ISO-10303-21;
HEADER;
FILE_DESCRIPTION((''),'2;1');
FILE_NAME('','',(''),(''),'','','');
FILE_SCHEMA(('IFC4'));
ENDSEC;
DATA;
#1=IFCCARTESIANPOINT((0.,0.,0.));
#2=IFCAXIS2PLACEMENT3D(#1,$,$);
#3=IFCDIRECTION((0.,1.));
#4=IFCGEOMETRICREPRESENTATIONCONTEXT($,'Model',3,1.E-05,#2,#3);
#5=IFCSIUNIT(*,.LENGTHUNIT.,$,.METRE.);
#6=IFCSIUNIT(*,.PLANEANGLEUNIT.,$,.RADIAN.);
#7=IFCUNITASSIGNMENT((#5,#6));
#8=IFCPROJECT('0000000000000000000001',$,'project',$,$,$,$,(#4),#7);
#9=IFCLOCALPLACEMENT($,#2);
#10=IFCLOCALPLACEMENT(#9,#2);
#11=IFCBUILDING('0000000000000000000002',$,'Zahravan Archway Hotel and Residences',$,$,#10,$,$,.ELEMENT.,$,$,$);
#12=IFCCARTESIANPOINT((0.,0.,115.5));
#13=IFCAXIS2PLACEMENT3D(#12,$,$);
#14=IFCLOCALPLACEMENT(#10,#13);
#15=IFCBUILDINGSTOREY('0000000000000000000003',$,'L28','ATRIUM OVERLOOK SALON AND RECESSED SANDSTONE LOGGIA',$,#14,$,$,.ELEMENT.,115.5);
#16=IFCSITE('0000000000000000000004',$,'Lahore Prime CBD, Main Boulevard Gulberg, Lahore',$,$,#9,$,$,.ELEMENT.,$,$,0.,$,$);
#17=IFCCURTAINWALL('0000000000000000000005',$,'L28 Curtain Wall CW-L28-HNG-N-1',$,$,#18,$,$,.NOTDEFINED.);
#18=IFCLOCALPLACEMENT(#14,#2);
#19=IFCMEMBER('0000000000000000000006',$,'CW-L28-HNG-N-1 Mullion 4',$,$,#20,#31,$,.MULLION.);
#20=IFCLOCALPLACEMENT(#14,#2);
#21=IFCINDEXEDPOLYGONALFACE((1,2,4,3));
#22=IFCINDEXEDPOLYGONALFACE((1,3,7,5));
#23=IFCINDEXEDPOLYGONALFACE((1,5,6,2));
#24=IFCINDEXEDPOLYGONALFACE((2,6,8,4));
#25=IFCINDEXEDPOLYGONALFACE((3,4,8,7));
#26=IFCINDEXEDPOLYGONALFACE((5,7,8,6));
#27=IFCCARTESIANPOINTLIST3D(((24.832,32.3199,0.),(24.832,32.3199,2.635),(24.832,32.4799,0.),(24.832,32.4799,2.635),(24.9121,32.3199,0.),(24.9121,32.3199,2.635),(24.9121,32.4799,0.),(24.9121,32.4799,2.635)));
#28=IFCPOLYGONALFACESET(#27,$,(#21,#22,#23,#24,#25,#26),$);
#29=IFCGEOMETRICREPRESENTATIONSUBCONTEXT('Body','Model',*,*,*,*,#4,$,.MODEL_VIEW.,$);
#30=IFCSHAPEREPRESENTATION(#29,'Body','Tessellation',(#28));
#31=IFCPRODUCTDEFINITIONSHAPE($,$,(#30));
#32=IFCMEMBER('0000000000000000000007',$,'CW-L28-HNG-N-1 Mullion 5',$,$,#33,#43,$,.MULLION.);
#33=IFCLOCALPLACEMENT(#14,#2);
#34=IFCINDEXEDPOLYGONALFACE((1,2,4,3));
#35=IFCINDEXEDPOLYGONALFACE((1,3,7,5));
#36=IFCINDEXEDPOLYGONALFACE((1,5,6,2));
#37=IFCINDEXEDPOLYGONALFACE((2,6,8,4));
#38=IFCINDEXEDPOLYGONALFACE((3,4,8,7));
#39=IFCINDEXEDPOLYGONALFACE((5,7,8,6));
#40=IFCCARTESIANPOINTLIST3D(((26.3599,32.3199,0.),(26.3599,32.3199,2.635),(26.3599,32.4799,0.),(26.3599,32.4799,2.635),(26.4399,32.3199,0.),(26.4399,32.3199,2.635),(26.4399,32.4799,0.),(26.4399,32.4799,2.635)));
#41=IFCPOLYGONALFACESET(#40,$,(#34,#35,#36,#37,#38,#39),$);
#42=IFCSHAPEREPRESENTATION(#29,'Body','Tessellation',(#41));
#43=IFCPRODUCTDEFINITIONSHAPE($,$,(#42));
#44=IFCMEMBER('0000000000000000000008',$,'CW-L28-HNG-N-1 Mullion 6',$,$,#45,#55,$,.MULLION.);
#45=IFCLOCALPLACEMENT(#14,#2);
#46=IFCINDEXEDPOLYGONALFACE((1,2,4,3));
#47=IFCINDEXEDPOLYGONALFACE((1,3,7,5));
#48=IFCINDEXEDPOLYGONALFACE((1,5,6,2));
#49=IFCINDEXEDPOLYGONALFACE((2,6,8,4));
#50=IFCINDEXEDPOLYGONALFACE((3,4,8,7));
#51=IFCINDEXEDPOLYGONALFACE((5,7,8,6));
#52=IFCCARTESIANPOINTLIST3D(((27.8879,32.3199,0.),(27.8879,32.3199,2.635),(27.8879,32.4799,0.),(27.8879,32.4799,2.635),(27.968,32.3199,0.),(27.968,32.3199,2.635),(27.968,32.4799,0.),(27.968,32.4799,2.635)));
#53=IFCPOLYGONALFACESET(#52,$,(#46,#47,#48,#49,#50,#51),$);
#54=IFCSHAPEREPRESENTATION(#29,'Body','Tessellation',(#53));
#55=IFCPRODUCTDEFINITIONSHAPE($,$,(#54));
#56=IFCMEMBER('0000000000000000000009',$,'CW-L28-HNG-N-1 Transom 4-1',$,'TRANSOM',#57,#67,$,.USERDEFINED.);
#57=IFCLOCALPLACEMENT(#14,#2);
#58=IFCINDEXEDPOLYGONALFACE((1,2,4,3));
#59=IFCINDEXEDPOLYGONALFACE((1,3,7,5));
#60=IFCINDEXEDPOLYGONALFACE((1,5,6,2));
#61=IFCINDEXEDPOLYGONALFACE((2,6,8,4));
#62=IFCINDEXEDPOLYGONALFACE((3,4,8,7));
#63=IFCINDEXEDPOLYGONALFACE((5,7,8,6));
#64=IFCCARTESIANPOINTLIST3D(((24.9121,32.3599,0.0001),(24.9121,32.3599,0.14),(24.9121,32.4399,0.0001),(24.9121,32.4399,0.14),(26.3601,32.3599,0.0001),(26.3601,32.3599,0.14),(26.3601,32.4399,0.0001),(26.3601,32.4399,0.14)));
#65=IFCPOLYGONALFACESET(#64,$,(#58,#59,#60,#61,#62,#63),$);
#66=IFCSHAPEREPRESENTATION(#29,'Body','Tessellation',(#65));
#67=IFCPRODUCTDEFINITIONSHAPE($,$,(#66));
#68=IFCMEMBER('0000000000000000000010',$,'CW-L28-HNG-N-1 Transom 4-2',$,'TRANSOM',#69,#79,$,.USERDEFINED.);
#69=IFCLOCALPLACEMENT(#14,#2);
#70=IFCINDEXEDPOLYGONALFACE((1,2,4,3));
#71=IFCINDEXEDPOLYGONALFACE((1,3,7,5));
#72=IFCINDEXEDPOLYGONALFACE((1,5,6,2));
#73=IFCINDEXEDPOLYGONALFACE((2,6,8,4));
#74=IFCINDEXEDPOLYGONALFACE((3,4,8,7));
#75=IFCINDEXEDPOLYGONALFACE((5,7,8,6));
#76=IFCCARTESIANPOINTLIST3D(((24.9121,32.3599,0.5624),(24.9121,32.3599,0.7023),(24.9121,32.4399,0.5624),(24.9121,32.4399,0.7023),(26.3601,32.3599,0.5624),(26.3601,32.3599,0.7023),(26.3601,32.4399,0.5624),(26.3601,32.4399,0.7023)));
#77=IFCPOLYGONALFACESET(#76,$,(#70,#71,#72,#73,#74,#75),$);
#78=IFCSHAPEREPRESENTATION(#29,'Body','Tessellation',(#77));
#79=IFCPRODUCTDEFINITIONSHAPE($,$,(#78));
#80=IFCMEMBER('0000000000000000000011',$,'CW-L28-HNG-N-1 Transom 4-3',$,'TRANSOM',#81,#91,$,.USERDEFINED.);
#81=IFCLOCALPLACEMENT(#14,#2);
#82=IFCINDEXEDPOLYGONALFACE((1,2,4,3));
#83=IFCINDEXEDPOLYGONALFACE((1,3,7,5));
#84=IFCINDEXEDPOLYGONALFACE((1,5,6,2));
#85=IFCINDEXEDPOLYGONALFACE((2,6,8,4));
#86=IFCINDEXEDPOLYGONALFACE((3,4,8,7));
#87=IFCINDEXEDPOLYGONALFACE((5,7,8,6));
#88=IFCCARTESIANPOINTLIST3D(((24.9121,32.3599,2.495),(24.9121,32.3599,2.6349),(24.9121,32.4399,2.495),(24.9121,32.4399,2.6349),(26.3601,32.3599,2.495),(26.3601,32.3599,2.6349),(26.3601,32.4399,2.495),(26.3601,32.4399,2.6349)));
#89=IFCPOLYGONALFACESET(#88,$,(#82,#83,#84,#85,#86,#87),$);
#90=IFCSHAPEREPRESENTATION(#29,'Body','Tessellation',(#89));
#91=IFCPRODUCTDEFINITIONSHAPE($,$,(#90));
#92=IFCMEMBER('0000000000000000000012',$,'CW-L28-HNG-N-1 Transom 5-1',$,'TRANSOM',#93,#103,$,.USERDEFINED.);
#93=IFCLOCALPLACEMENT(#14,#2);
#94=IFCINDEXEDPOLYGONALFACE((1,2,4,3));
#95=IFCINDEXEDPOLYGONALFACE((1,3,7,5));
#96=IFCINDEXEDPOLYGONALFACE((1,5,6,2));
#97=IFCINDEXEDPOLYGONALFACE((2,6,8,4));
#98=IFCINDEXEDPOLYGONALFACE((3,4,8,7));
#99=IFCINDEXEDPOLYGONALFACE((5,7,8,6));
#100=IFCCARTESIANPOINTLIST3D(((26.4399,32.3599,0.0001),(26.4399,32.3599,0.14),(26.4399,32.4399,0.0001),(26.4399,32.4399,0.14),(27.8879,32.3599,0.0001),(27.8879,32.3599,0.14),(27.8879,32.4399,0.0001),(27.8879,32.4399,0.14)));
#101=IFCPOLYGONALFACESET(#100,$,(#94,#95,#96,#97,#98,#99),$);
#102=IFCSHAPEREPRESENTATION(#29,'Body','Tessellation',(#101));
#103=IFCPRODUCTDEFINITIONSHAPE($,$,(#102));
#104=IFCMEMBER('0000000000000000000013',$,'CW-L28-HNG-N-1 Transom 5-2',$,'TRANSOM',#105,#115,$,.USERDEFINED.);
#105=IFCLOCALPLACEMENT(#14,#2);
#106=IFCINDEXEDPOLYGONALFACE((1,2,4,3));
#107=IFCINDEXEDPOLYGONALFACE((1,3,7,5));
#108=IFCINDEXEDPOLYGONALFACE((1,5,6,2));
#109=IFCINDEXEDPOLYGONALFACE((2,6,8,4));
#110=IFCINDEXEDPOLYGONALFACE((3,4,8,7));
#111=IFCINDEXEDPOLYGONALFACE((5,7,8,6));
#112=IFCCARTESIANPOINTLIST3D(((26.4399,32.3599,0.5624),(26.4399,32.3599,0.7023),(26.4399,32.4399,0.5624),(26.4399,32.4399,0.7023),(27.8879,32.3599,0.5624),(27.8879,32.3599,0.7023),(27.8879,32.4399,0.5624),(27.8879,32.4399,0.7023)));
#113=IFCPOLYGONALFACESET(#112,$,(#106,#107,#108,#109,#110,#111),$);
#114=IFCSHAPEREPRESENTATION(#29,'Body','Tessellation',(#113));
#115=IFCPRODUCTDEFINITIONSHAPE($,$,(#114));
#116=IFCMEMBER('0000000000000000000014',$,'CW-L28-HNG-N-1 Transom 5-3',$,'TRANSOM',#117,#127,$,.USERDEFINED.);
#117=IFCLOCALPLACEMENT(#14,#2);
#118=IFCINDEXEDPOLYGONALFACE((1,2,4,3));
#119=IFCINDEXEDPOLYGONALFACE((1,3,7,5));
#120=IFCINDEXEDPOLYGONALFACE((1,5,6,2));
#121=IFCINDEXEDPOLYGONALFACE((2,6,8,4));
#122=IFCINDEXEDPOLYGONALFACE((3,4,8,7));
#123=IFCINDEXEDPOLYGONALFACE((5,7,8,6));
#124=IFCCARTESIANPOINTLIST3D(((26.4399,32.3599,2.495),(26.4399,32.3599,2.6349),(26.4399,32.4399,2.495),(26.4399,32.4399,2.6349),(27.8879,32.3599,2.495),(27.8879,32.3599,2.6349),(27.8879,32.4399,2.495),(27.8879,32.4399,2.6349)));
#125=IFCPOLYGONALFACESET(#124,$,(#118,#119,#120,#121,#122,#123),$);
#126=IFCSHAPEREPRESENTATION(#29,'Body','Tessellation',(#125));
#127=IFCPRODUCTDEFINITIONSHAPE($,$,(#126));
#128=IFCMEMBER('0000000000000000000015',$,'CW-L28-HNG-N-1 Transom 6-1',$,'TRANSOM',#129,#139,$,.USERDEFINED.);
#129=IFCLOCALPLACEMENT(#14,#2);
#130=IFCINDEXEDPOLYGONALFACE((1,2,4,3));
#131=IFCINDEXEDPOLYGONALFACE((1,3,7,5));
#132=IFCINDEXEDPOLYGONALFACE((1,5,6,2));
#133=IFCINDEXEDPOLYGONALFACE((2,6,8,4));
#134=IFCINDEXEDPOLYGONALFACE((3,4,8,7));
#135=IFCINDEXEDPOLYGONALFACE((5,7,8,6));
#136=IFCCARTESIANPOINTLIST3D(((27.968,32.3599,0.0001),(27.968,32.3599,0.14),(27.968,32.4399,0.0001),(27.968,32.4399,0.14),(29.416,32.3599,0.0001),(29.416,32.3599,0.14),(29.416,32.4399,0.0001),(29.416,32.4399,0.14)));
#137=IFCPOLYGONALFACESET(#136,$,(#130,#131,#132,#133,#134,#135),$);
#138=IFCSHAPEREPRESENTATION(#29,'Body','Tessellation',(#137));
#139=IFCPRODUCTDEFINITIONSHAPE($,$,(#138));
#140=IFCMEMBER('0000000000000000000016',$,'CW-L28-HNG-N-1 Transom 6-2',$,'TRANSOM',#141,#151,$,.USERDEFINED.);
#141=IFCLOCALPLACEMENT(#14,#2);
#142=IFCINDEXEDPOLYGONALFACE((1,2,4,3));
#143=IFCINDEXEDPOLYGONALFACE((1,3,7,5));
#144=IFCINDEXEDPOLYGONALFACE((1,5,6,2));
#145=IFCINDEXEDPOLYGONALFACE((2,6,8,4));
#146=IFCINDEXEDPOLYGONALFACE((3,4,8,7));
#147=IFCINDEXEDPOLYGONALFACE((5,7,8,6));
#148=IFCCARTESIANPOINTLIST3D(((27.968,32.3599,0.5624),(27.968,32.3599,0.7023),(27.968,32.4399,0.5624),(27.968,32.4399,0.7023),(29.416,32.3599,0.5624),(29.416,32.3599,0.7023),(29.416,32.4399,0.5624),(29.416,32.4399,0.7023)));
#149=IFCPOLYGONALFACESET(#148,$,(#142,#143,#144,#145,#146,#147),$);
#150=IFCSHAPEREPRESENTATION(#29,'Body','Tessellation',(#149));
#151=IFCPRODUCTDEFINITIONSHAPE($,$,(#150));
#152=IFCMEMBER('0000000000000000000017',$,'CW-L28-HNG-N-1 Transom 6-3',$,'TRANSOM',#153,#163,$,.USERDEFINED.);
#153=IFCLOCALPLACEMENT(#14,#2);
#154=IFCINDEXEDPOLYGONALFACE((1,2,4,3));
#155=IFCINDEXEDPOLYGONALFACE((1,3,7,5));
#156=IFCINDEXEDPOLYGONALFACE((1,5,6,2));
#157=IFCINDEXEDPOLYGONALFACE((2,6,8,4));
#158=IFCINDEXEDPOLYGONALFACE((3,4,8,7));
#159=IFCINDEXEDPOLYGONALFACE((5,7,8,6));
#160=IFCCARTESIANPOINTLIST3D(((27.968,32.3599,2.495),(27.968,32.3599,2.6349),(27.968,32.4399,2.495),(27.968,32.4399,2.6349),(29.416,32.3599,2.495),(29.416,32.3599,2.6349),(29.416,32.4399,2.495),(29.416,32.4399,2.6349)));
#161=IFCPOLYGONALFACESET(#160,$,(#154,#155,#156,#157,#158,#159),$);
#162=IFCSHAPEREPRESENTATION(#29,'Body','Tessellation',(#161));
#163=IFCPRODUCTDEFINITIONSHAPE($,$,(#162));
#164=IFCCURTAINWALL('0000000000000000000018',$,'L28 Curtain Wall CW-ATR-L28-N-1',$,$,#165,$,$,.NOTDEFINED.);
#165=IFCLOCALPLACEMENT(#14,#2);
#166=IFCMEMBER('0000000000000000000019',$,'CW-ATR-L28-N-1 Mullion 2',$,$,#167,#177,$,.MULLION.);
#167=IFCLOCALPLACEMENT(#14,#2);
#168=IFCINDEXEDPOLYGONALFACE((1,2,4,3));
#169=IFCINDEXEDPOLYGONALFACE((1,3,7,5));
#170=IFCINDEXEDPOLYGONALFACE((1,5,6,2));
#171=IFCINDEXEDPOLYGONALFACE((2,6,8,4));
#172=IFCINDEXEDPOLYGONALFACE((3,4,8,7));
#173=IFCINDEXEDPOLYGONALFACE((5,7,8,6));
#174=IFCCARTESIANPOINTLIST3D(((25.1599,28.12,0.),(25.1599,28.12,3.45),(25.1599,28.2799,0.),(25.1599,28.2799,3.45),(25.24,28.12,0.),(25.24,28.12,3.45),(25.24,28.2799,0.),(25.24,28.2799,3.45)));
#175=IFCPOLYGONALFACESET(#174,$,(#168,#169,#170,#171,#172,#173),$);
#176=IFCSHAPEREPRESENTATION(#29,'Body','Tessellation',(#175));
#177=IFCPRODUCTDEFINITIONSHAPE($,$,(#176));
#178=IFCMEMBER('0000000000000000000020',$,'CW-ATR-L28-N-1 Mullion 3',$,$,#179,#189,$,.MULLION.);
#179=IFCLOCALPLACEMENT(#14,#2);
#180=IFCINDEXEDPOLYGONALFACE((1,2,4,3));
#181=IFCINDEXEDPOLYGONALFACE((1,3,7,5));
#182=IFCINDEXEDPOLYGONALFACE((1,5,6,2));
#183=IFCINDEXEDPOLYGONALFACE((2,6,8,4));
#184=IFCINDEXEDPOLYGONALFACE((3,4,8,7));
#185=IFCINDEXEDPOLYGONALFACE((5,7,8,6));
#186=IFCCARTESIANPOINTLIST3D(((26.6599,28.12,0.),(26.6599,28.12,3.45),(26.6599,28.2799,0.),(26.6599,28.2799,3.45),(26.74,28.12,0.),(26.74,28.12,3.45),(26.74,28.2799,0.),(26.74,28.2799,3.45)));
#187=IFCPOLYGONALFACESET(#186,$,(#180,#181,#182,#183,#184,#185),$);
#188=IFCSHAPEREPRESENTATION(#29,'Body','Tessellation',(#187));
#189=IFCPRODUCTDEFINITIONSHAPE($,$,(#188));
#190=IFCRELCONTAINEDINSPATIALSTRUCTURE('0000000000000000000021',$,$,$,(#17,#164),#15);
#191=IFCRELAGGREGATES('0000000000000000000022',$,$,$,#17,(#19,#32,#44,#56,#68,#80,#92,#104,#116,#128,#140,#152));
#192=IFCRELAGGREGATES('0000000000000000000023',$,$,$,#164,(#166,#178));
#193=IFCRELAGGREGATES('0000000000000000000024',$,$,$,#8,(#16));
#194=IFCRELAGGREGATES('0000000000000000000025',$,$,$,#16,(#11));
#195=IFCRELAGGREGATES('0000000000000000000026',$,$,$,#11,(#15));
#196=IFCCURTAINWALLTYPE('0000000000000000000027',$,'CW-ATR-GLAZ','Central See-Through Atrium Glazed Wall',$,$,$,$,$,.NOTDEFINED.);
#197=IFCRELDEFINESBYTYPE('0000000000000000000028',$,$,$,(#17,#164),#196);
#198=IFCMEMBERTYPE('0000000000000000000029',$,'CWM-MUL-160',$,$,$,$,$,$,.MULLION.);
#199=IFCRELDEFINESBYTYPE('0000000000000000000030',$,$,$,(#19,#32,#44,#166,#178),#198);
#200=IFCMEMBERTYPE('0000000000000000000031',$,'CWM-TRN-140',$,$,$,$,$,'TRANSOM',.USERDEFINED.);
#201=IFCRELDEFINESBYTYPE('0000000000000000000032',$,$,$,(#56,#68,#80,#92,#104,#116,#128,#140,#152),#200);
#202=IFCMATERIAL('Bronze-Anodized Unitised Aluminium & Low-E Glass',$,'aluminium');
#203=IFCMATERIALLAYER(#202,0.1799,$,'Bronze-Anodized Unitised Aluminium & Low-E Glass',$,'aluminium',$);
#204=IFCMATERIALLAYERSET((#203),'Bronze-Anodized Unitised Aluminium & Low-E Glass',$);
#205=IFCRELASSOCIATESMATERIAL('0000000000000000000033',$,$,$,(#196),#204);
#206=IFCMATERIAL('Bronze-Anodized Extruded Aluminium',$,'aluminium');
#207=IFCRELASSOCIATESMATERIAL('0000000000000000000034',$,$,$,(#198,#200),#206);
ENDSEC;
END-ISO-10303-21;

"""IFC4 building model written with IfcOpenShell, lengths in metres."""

from ifc_helpers import new_model, si_unit, direction, frame, origin, origin_2d, place, context, subcontext, project, spatial, rectangle, extrude, source, transform, mapped, material, layer, layer_set, material_profile, profile_set, type_object, element, aggregate, save


model = new_model("IFC4")

# Units and contexts
model_context = context("Model", 3, precision=1e-05, world=origin(), true_north=direction((0.0, 1.0)))
body_context = subcontext(model_context, "Body", "Model", "MODEL_VIEW")
ifc_project = project(units=[si_unit("LENGTHUNIT", "METRE"), si_unit("PLANEANGLEUNIT", "RADIAN")], contexts=[model_context])

# Site, building, storey
site_placement = place(None, origin())
site = spatial("IfcSite", under=ifc_project, at=site_placement, Name="Lahore Prime CBD, Main Boulevard Gulberg, Lahore", CompositionType="ELEMENT", RefElevation=0.0)
building_placement = place(site_placement, origin())
building = spatial("IfcBuilding", under=site, at=building_placement, Name="Zahravan Archway Hotel and Residences", CompositionType="ELEMENT")
storey_placement = place(building_placement, frame((0.0, 0.0, 115.5)))
storey = spatial("IfcBuildingStorey", under=building, at=storey_placement, Name="L28", Description="ATRIUM OVERLOOK SALON AND RECESSED SANDSTONE LOGGIA", CompositionType="ELEMENT", Elevation=115.5)

# Curtain walls, members
ifc_material_1 = material(Name="Bronze-Anodized Unitised Aluminium & Low-E Glass", Category="aluminium")
ifc_layer_1 = layer(ifc_material_1, 0.1799, Name="Bronze-Anodized Unitised Aluminium & Low-E Glass", Category="aluminium")
ifc_layer_set_1 = layer_set([ifc_layer_1], Name="Bronze-Anodized Unitised Aluminium & Low-E Glass")
curtain_wall_type = type_object("IfcCurtainWallType", Name="CW-ATR-GLAZ", Description="Central See-Through Atrium Glazed Wall", PredefinedType="NOTDEFINED", material=ifc_layer_set_1)
curtain_wall_1_placement = place(storey_placement, origin())
curtain_wall_1 = element("IfcCurtainWall", 1, at=curtain_wall_1_placement, inside=storey, type_object=curtain_wall_type, Name="L28 Curtain Wall CW-L28-HNG-N-1", PredefinedType="NOTDEFINED")
ifc_material_2 = material(Name="Bronze-Anodized Extruded Aluminium", Category="aluminium")
ifc_material_profile_1 = material_profile(ifc_material_2, rectangle(XDim=0.0801, YDim=0.1599, at=origin_2d()), Name="MUL 80x160", Category="aluminium")
ifc_profile_set_1 = profile_set([ifc_material_profile_1], Name="Bronze-Anodized Extruded Aluminium")
member_type_1 = type_object("IfcMemberType", Name="CWM-MUL-160", PredefinedType="MULLION", material=ifc_profile_set_1)
shared_shape_1 = source(origin(), body_context, "Body", "SweptSolid", [
    extrude(rectangle(XDim=0.0801, YDim=0.1599, at=origin_2d()), origin(), (0.0, 0.0, 1.0), 2.635),
])
member_1_placement = place(storey_placement, frame((24.8721, 32.3999, 0.0), z_axis=(0.0, 0.0, 1.0), x_axis=(1.0, 0.0, 0.0)))
member_1 = element("IfcMember", 2, at=member_1_placement, type_object=member_type_1, Name="CW-L28-HNG-N-1 Mullion 4", PredefinedType="MULLION", context=body_context, shape_type="MappedRepresentation", body=[
    mapped(shared_shape_1, transform((0.0, 0.0, 0.0), scale=1.0)),
])
member_2_placement = place(storey_placement, frame((26.3999, 32.3999, 0.0), z_axis=(0.0, 0.0, 1.0), x_axis=(1.0, 0.0, 0.0)))
member_2 = element("IfcMember", 3, at=member_2_placement, type_object=member_type_1, Name="CW-L28-HNG-N-1 Mullion 5", PredefinedType="MULLION", context=body_context, shape_type="MappedRepresentation", body=[
    mapped(shared_shape_1, transform((0.0, 0.0, 0.0), scale=1.0)),
])
member_3_placement = place(storey_placement, frame((27.928, 32.3999, 0.0), z_axis=(0.0, 0.0, 1.0), x_axis=(1.0, 0.0, 0.0)))
member_3 = element("IfcMember", 4, at=member_3_placement, type_object=member_type_1, Name="CW-L28-HNG-N-1 Mullion 6", PredefinedType="MULLION", context=body_context, shape_type="MappedRepresentation", body=[
    mapped(shared_shape_1, transform((0.0, 0.0, 0.0), scale=1.0)),
])
ifc_material_profile_2 = material_profile(ifc_material_2, rectangle(XDim=0.0801, YDim=0.1399, at=origin_2d()), Name="TRN 80x140", Category="aluminium")
ifc_profile_set_2 = profile_set([ifc_material_profile_2], Name="Bronze-Anodized Extruded Aluminium")
member_type_2 = type_object("IfcMemberType", Name="CWM-TRN-140", ElementType="TRANSOM", PredefinedType="USERDEFINED", material=ifc_profile_set_2)
shared_shape_2 = source(origin(), body_context, "Body", "SweptSolid", [
    extrude(rectangle(XDim=0.0801, YDim=0.1399, at=origin_2d()), origin(), (0.0, 0.0, 1.0), 1.448),
])
member_4_placement = place(storey_placement, frame((24.9121, 32.3999, 0.0701), z_axis=(1.0, 0.0, 0.0), x_axis=(0.0, 1.0, 0.0)))
member_4 = element("IfcMember", 5, at=member_4_placement, type_object=member_type_2, Name="CW-L28-HNG-N-1 Transom 4-1", ObjectType="TRANSOM", PredefinedType="USERDEFINED", context=body_context, shape_type="MappedRepresentation", body=[
    mapped(shared_shape_2, transform((0.0, 0.0, 0.0), scale=1.0)),
])
member_5_placement = place(storey_placement, frame((24.9121, 32.3999, 0.6323), z_axis=(1.0, 0.0, 0.0), x_axis=(0.0, 1.0, 0.0)))
member_5 = element("IfcMember", 6, at=member_5_placement, type_object=member_type_2, Name="CW-L28-HNG-N-1 Transom 4-2", ObjectType="TRANSOM", PredefinedType="USERDEFINED", context=body_context, shape_type="MappedRepresentation", body=[
    mapped(shared_shape_2, transform((0.0, 0.0, 0.0), scale=1.0)),
])
member_6_placement = place(storey_placement, frame((24.9121, 32.3999, 2.5649), z_axis=(1.0, 0.0, 0.0), x_axis=(0.0, 1.0, 0.0)))
member_6 = element("IfcMember", 7, at=member_6_placement, type_object=member_type_2, Name="CW-L28-HNG-N-1 Transom 4-3", ObjectType="TRANSOM", PredefinedType="USERDEFINED", context=body_context, shape_type="MappedRepresentation", body=[
    mapped(shared_shape_2, transform((0.0, 0.0, 0.0), scale=1.0)),
])
member_7_placement = place(storey_placement, frame((26.4399, 32.3999, 0.0701), z_axis=(1.0, 0.0, 0.0), x_axis=(0.0, 1.0, 0.0)))
member_7 = element("IfcMember", 8, at=member_7_placement, type_object=member_type_2, Name="CW-L28-HNG-N-1 Transom 5-1", ObjectType="TRANSOM", PredefinedType="USERDEFINED", context=body_context, shape_type="MappedRepresentation", body=[
    mapped(shared_shape_2, transform((0.0, 0.0, 0.0), scale=1.0)),
])
member_8_placement = place(storey_placement, frame((26.4399, 32.3999, 0.6323), z_axis=(1.0, 0.0, 0.0), x_axis=(0.0, 1.0, 0.0)))
member_8 = element("IfcMember", 9, at=member_8_placement, type_object=member_type_2, Name="CW-L28-HNG-N-1 Transom 5-2", ObjectType="TRANSOM", PredefinedType="USERDEFINED", context=body_context, shape_type="MappedRepresentation", body=[
    mapped(shared_shape_2, transform((0.0, 0.0, 0.0), scale=1.0)),
])
member_9_placement = place(storey_placement, frame((26.4399, 32.3999, 2.5649), z_axis=(1.0, 0.0, 0.0), x_axis=(0.0, 1.0, 0.0)))
member_9 = element("IfcMember", 10, at=member_9_placement, type_object=member_type_2, Name="CW-L28-HNG-N-1 Transom 5-3", ObjectType="TRANSOM", PredefinedType="USERDEFINED", context=body_context, shape_type="MappedRepresentation", body=[
    mapped(shared_shape_2, transform((0.0, 0.0, 0.0), scale=1.0)),
])
member_10_placement = place(storey_placement, frame((27.968, 32.3999, 0.0701), z_axis=(1.0, 0.0, 0.0), x_axis=(0.0, 1.0, 0.0)))
member_10 = element("IfcMember", 11, at=member_10_placement, type_object=member_type_2, Name="CW-L28-HNG-N-1 Transom 6-1", ObjectType="TRANSOM", PredefinedType="USERDEFINED", context=body_context, shape_type="MappedRepresentation", body=[
    mapped(shared_shape_2, transform((0.0, 0.0, 0.0), scale=1.0)),
])
member_11_placement = place(storey_placement, frame((27.968, 32.3999, 0.6323), z_axis=(1.0, 0.0, 0.0), x_axis=(0.0, 1.0, 0.0)))
member_11 = element("IfcMember", 12, at=member_11_placement, type_object=member_type_2, Name="CW-L28-HNG-N-1 Transom 6-2", ObjectType="TRANSOM", PredefinedType="USERDEFINED", context=body_context, shape_type="MappedRepresentation", body=[
    mapped(shared_shape_2, transform((0.0, 0.0, 0.0), scale=1.0)),
])
member_12_placement = place(storey_placement, frame((27.968, 32.3999, 2.5649), z_axis=(1.0, 0.0, 0.0), x_axis=(0.0, 1.0, 0.0)))
member_12 = element("IfcMember", 13, at=member_12_placement, type_object=member_type_2, Name="CW-L28-HNG-N-1 Transom 6-3", ObjectType="TRANSOM", PredefinedType="USERDEFINED", context=body_context, shape_type="MappedRepresentation", body=[
    mapped(shared_shape_2, transform((0.0, 0.0, 0.0), scale=1.0)),
])
curtain_wall_2_placement = place(storey_placement, origin())
curtain_wall_2 = element("IfcCurtainWall", 14, at=curtain_wall_2_placement, inside=storey, type_object=curtain_wall_type, Name="L28 Curtain Wall CW-ATR-L28-N-1", PredefinedType="NOTDEFINED")
shared_shape_3 = source(origin(), body_context, "Body", "SweptSolid", [
    extrude(rectangle(XDim=0.0801, YDim=0.1599, at=origin_2d()), origin(), (0.0, 0.0, 1.0), 3.45),
])
member_13_placement = place(storey_placement, frame((25.2, 28.2, 0.0), z_axis=(0.0, 0.0, 1.0), x_axis=(1.0, 0.0, 0.0)))
member_13 = element("IfcMember", 15, at=member_13_placement, type_object=member_type_1, Name="CW-ATR-L28-N-1 Mullion 2", PredefinedType="MULLION", context=body_context, shape_type="MappedRepresentation", body=[
    mapped(shared_shape_3, transform((0.0, 0.0, 0.0), scale=1.0)),
])
member_14_placement = place(storey_placement, frame((26.7, 28.2, 0.0), z_axis=(0.0, 0.0, 1.0), x_axis=(1.0, 0.0, 0.0)))
member_14 = element("IfcMember", 16, at=member_14_placement, type_object=member_type_1, Name="CW-ATR-L28-N-1 Mullion 3", PredefinedType="MULLION", context=body_context, shape_type="MappedRepresentation", body=[
    mapped(shared_shape_3, transform((0.0, 0.0, 0.0), scale=1.0)),
])

aggregate(curtain_wall_1, [member_1, member_2, member_3, member_4, member_5, member_6, member_7, member_8, member_9, member_10, member_11, member_12])
aggregate(curtain_wall_2, [member_13, member_14])

save(model, "model.ifc")
